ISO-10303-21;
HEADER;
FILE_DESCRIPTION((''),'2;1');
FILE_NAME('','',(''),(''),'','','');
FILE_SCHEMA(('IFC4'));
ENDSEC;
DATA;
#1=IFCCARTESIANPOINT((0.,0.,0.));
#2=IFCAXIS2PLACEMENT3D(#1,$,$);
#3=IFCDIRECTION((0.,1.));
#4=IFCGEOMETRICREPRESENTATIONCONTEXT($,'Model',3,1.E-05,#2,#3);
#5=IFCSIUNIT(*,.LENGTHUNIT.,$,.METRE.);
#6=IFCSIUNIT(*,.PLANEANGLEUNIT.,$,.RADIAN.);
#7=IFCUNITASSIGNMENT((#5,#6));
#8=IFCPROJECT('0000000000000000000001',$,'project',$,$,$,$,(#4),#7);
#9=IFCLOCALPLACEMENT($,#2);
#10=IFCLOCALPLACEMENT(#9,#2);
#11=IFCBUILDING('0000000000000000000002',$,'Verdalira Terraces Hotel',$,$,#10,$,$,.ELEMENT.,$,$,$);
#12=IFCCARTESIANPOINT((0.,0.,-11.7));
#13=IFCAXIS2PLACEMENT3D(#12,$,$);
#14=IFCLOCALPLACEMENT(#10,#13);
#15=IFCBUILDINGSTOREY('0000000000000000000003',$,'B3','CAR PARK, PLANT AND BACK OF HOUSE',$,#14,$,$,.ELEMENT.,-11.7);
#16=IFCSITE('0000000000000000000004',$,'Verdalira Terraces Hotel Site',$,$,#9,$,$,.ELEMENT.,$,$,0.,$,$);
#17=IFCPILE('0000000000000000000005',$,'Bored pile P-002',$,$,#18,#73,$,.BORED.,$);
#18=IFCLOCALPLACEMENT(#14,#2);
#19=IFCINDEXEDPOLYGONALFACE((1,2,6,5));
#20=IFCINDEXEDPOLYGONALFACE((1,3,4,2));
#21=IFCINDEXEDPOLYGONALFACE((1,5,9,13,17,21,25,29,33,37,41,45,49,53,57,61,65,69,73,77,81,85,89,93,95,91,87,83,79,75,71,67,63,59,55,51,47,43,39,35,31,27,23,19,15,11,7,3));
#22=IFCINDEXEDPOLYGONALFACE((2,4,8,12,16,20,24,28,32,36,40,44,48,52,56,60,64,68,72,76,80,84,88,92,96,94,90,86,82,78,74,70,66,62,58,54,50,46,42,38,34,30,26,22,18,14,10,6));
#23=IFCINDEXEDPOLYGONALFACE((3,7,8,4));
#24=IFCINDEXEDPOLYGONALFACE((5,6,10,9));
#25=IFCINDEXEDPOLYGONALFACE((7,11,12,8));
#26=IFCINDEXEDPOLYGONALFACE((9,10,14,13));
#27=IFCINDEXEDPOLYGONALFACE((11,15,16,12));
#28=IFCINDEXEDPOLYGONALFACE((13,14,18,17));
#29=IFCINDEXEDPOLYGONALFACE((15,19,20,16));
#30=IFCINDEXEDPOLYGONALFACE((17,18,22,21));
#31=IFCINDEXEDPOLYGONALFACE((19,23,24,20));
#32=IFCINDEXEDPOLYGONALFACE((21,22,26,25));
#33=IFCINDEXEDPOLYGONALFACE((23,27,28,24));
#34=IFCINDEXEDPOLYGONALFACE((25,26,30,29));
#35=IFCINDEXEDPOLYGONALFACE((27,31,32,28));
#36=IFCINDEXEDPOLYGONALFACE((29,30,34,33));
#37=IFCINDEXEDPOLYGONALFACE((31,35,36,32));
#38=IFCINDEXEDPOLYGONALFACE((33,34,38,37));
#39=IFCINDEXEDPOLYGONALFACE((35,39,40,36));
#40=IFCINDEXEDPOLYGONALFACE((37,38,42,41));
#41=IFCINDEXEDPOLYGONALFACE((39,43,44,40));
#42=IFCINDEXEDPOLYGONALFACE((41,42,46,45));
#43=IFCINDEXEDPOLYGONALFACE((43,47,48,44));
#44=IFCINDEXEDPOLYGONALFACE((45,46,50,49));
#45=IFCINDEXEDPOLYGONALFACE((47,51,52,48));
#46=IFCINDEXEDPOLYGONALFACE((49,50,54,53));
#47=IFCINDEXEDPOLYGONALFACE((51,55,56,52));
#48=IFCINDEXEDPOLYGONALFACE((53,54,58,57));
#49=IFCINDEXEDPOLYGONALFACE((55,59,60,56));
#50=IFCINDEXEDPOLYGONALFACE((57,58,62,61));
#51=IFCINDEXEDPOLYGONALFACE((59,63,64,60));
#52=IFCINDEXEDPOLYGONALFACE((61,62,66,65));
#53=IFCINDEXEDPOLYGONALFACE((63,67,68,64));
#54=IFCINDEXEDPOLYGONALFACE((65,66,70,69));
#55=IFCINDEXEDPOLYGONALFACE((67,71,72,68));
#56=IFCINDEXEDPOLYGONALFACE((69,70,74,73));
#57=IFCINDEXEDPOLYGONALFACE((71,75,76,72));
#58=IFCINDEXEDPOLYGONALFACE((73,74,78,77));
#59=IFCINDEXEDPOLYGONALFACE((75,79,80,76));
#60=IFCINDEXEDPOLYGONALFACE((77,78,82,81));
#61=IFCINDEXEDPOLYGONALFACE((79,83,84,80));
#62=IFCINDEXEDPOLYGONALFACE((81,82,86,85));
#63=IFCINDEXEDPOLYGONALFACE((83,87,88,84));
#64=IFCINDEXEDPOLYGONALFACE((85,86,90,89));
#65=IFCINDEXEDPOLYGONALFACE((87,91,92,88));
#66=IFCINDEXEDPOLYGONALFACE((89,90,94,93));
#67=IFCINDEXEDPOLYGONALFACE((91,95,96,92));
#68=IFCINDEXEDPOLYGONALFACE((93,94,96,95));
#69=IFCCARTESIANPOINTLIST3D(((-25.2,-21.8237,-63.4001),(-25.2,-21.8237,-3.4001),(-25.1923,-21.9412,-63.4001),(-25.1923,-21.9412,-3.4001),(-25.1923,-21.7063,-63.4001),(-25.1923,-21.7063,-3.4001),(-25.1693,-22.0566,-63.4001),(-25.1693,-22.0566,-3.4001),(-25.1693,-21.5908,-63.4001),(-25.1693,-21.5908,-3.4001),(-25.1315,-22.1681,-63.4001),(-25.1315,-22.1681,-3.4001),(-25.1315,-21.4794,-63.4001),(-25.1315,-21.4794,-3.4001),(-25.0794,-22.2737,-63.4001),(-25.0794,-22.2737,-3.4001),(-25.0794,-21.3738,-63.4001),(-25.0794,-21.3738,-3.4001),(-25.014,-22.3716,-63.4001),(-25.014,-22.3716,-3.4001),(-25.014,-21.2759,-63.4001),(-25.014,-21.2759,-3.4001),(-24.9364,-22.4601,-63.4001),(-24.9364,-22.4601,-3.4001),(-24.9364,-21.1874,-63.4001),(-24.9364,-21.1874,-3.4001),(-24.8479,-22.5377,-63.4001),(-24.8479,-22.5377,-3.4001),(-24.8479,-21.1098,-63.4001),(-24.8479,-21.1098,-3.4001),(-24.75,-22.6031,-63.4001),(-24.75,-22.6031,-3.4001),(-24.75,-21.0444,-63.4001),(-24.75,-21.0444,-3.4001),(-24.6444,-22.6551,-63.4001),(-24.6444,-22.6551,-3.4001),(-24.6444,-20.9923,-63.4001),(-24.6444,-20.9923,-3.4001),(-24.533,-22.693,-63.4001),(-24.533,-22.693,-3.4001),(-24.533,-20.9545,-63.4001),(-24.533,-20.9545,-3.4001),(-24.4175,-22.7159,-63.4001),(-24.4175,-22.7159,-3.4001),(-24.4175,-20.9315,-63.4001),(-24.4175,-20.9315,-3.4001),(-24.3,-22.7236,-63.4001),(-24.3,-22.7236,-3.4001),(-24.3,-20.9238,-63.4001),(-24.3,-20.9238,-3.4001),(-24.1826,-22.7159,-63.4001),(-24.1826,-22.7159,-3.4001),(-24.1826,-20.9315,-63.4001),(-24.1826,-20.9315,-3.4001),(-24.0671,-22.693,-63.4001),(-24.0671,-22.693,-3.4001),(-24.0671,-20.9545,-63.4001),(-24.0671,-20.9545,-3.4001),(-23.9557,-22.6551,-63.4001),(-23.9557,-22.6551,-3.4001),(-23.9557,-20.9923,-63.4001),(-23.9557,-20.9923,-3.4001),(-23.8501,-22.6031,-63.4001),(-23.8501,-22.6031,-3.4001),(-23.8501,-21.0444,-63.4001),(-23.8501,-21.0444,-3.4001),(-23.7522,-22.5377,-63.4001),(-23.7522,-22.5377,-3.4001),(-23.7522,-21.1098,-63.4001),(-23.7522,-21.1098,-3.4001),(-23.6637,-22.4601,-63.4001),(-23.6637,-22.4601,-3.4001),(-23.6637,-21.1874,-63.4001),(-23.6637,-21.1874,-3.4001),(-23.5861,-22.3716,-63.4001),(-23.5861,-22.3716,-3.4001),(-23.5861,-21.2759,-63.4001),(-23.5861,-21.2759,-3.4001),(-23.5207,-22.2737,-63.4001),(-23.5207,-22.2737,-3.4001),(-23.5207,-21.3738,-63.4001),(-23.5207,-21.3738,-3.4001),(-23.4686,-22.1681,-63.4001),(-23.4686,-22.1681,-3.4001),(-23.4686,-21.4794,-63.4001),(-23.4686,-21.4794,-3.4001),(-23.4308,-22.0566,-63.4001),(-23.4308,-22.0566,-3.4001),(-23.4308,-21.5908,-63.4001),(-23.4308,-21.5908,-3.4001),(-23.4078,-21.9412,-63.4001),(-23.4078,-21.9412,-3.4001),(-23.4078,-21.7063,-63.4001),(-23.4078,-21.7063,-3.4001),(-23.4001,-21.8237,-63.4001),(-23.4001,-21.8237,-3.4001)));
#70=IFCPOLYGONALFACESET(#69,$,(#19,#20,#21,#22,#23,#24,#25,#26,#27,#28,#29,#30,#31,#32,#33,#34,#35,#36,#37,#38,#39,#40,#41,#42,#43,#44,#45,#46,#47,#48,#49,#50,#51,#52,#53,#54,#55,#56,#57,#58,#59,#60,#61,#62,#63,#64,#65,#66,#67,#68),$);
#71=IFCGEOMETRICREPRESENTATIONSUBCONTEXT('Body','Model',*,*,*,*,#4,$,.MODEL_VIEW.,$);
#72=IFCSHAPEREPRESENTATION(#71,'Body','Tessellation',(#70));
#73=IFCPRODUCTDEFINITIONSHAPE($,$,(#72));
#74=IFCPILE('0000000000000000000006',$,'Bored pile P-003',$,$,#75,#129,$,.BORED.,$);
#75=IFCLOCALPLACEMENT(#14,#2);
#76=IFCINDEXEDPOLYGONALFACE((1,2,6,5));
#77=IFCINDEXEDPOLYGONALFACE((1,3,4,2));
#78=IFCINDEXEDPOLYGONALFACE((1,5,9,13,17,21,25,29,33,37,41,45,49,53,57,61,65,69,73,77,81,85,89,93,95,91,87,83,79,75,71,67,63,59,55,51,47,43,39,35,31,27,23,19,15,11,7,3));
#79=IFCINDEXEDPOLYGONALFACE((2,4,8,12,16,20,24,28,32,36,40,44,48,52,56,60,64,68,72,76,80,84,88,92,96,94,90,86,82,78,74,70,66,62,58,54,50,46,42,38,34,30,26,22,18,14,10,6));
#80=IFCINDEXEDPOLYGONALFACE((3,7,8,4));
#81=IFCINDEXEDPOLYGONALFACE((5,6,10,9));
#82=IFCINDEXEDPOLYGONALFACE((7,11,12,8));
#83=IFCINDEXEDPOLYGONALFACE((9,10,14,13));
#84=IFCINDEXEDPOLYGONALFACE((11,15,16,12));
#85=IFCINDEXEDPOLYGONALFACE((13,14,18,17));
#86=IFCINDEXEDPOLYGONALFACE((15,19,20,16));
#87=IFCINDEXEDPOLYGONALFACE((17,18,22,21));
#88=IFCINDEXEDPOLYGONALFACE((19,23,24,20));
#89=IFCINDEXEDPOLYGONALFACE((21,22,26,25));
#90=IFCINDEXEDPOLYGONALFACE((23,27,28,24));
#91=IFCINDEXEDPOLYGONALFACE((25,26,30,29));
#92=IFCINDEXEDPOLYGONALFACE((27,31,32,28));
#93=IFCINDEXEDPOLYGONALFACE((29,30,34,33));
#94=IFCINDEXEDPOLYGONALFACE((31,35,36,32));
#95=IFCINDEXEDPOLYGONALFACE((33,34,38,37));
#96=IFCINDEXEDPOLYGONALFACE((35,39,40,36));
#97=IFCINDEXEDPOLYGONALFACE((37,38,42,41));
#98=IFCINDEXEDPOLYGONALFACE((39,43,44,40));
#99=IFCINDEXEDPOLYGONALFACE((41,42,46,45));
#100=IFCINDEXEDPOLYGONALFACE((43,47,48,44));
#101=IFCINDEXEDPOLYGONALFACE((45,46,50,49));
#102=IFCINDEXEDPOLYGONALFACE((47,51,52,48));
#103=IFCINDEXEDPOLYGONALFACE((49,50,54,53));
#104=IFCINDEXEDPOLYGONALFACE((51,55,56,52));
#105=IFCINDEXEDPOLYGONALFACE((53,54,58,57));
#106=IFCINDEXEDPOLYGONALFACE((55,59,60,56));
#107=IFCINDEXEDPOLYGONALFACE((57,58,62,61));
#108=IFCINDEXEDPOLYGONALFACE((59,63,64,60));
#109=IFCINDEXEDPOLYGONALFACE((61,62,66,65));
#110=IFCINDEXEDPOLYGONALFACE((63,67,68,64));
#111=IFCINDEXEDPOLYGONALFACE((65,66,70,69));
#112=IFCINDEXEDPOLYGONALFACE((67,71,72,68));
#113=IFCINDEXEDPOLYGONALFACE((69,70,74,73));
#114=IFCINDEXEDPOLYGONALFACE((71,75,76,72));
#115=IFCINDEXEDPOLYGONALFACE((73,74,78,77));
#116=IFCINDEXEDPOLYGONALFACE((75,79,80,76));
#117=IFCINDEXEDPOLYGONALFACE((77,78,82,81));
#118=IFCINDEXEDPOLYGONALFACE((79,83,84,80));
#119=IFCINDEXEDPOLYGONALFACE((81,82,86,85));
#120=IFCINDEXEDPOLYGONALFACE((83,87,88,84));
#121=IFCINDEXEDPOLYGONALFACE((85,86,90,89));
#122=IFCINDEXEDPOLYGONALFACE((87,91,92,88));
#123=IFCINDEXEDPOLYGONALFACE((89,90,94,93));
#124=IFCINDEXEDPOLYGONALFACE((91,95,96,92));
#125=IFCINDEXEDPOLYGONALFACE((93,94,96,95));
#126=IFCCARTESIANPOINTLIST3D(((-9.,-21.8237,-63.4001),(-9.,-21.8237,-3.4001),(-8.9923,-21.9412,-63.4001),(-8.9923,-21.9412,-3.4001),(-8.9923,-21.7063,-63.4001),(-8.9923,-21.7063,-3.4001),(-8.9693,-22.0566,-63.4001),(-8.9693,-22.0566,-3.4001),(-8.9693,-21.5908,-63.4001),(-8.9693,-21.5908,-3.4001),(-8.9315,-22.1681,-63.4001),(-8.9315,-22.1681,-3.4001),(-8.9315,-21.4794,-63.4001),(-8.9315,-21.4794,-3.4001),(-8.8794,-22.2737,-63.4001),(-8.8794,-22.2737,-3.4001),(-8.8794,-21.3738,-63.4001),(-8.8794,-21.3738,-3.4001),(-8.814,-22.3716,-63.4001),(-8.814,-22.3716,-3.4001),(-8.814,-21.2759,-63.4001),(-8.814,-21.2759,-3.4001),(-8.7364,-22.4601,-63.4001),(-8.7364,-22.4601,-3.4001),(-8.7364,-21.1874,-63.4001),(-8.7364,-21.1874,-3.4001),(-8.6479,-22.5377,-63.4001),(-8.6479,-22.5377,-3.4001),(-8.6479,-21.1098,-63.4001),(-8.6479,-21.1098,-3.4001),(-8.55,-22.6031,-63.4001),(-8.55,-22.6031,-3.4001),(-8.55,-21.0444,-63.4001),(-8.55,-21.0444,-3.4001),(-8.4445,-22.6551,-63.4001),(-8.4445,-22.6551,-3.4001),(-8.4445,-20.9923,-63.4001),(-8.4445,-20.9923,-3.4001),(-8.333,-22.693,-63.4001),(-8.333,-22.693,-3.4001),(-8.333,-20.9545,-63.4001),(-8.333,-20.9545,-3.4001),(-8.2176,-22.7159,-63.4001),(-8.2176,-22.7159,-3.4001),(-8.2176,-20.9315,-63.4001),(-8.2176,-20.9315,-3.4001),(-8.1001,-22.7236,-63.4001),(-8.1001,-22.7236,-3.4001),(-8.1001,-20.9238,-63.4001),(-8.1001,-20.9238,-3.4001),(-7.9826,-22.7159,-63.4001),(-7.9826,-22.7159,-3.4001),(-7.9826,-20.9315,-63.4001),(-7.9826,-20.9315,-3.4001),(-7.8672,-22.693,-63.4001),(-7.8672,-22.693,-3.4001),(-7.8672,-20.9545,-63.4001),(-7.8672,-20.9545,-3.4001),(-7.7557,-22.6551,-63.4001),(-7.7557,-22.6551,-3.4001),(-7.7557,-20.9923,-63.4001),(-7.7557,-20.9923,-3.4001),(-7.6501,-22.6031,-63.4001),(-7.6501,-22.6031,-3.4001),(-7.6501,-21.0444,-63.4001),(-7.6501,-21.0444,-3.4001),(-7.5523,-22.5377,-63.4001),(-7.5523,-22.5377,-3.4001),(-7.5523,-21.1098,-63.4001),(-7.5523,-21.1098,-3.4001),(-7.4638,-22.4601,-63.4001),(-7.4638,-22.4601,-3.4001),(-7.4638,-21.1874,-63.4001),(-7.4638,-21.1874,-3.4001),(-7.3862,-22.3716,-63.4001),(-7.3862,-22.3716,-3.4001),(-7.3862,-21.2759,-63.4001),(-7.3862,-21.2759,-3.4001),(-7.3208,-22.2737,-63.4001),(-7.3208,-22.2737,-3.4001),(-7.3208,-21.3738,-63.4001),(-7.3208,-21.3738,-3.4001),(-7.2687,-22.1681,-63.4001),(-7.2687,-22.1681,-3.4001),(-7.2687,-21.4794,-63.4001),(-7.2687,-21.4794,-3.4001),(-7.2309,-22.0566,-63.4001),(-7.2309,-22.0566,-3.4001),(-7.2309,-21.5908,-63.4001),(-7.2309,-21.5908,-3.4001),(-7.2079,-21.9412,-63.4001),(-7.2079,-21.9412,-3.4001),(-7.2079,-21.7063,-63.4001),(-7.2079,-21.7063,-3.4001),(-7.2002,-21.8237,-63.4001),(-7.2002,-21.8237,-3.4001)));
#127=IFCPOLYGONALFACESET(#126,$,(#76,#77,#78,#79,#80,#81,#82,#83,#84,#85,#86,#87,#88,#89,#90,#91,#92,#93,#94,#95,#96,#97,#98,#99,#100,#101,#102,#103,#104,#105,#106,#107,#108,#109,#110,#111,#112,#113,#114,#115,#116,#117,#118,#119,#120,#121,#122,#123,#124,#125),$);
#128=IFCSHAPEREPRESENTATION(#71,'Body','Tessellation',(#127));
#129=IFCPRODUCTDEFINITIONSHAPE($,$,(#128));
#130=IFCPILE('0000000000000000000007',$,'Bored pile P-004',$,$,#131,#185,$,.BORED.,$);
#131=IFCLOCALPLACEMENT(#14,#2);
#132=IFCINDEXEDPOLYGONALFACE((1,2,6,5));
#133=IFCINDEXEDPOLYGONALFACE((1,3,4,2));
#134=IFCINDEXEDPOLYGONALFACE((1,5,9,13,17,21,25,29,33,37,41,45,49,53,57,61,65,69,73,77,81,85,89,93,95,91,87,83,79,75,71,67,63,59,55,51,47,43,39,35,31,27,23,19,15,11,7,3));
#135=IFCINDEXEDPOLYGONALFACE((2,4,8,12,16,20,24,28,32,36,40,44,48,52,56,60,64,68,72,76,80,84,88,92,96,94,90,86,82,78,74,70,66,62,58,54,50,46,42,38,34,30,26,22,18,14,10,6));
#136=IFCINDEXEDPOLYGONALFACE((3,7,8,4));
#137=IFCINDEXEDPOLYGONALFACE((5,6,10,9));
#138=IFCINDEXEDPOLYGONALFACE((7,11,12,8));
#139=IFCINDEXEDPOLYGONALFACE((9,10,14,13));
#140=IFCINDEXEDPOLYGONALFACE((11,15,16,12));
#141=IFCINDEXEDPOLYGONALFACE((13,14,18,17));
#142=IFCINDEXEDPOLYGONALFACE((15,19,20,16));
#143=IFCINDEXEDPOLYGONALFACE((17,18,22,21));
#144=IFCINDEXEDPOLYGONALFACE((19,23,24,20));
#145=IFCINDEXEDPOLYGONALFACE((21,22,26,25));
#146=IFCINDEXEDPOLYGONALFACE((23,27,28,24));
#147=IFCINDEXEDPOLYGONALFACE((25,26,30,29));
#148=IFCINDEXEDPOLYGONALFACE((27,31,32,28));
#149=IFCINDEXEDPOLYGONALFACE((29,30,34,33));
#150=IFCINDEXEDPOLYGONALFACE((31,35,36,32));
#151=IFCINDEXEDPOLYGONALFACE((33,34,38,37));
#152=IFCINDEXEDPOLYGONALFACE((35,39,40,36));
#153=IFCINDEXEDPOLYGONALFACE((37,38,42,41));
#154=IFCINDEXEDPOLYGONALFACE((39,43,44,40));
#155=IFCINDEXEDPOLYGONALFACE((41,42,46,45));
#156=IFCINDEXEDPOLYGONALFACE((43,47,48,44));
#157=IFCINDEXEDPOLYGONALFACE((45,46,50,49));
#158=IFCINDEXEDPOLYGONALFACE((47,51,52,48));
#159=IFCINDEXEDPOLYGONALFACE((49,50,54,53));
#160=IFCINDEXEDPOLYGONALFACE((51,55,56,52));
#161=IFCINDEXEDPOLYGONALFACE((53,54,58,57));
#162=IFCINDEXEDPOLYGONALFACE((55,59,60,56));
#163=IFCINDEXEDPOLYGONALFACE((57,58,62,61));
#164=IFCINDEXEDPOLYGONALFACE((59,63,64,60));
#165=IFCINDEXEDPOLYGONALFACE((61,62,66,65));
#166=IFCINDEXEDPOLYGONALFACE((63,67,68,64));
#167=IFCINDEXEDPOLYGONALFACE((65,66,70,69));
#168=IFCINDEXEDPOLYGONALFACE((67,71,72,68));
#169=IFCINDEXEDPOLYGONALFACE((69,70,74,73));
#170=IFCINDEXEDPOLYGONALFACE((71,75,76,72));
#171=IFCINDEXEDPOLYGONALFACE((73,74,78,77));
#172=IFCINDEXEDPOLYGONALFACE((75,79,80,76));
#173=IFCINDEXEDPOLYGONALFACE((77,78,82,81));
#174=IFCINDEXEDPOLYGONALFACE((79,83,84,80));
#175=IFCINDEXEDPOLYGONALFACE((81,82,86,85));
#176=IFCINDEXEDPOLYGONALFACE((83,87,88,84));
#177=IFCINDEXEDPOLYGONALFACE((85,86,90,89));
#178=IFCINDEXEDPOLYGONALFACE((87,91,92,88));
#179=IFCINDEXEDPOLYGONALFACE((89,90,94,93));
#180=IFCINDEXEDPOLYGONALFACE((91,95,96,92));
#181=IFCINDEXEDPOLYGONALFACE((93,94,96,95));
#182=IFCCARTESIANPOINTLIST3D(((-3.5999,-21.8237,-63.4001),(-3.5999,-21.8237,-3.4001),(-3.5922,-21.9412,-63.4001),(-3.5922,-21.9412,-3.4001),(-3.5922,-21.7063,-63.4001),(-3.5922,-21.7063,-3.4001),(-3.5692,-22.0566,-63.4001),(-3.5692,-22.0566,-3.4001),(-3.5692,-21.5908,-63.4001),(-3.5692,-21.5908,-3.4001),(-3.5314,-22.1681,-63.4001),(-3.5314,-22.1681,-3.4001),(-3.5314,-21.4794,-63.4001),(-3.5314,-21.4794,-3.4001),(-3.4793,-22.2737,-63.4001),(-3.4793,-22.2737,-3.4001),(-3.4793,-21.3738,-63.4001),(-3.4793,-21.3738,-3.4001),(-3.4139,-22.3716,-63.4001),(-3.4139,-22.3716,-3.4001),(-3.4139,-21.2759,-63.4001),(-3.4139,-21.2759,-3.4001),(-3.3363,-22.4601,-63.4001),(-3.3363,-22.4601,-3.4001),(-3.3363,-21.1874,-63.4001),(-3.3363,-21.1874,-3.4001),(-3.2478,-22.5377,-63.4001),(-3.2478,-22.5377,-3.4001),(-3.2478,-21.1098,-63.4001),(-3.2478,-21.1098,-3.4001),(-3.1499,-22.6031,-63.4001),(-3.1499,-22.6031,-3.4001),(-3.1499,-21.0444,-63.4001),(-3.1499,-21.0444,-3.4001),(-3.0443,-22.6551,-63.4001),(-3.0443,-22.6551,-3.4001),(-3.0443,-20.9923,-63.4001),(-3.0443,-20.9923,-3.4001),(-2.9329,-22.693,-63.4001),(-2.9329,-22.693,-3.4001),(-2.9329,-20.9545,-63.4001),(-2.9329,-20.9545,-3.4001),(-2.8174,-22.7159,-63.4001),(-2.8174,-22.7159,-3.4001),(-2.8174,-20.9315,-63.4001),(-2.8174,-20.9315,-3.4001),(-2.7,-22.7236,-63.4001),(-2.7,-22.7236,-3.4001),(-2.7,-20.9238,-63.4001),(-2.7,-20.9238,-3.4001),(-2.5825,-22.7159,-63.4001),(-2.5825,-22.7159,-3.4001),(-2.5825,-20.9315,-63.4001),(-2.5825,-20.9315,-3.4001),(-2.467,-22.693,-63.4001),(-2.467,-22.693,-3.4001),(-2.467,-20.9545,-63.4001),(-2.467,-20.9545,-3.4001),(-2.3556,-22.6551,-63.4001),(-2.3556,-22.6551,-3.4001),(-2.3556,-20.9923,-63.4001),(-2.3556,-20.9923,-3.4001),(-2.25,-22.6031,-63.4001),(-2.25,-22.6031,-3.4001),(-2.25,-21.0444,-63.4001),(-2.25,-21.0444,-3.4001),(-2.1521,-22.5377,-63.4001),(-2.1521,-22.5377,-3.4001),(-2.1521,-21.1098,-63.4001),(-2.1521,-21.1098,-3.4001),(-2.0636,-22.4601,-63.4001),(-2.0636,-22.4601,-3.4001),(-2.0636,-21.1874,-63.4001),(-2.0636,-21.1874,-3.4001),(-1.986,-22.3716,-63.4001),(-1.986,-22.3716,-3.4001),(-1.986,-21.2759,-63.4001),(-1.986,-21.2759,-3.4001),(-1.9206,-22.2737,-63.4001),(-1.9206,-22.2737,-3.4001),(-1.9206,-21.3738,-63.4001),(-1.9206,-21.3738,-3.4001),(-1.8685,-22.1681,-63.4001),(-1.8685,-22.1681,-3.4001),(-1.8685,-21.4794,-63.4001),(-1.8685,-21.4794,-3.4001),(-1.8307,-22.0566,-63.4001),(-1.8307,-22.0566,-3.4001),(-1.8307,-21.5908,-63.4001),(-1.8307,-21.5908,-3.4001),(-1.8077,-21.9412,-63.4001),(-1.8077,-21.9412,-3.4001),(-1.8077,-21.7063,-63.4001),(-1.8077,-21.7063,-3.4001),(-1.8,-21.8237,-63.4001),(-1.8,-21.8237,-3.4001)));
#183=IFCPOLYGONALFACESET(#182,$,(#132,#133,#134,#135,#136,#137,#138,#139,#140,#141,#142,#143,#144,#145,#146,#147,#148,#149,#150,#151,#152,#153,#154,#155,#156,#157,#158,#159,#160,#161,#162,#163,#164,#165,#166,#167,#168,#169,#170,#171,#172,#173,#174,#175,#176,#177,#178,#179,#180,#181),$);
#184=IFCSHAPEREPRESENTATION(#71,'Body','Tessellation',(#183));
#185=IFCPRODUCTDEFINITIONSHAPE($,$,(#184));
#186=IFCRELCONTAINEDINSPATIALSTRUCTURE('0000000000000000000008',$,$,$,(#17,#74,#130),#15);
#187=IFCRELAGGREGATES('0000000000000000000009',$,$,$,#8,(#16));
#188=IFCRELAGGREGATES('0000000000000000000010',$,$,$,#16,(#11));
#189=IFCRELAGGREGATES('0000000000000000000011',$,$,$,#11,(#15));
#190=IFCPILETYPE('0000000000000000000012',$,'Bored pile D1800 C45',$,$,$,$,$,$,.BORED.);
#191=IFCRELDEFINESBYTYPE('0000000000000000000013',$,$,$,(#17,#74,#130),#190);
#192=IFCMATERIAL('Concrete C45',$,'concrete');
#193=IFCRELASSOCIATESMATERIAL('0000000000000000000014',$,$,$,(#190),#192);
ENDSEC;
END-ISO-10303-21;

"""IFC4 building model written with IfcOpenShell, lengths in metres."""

from ifc_helpers import new_model, si_unit, direction, frame, origin, origin_2d, place, context, subcontext, project, spatial, circle, extrude, material, material_profile, profile_set, type_object, element, save


model = new_model("IFC4")

# Units and contexts
model_context = context("Model", 3, precision=1e-05, world=origin(), true_north=direction((0.0, 1.0)))
body_context = subcontext(model_context, "Body", "Model", "MODEL_VIEW")
ifc_project = project(units=[si_unit("LENGTHUNIT", "METRE"), si_unit("PLANEANGLEUNIT", "RADIAN")], contexts=[model_context])

# Site, building, storey
site_placement = place(None, origin())
site = spatial("IfcSite", under=ifc_project, at=site_placement, Name="Verdalira Terraces Hotel Site", CompositionType="ELEMENT", RefElevation=0.0)
building_placement = place(site_placement, origin())
building = spatial("IfcBuilding", under=site, at=building_placement, Name="Verdalira Terraces Hotel", CompositionType="ELEMENT")
storey_placement = place(building_placement, frame((0.0, 0.0, -11.7)))
storey = spatial("IfcBuildingStorey", under=building, at=storey_placement, Name="B3", Description="CAR PARK, PLANT AND BACK OF HOUSE", CompositionType="ELEMENT", Elevation=-11.7)

# Piles
ifc_material_1 = material(Name="Concrete C45", Category="concrete")
ifc_material_profile_1 = material_profile(ifc_material_1, circle(Radius=0.8999, at=origin_2d()), Name="D1800")
ifc_profile_set_1 = profile_set([ifc_material_profile_1], Name="Concrete C45")
pile_type = type_object("IfcPileType", Name="Bored pile D1800 C45", PredefinedType="BORED", material=ifc_profile_set_1)
for number, where, z_axis, x_axis, name in (
    (1, (-24.3, -21.8237, -3.4001), (0.0, 0.0, -1.0), (1.0, 0.0, 0.0), "Bored pile P-002"),
    (2, (-8.1001, -21.8237, -3.4001), (0.0, 0.0, -1.0), (1.0, 0.0, 0.0), "Bored pile P-003"),
    (3, (-2.7, -21.8237, -3.4001), (0.0, 0.0, -1.0), (1.0, 0.0, 0.0), "Bored pile P-004"),
):
    element("IfcPile", number, at=place(storey_placement, frame(where, z_axis=z_axis, x_axis=x_axis)), inside=storey, type_object=pile_type, Name=name, PredefinedType="BORED", context=body_context, shape_type="SweptSolid", body=[
        extrude(circle(Radius=0.8999, at=origin_2d()), origin(), (0.0, 0.0, 1.0), 60.0),
    ])

save(model, "model.ifc")
